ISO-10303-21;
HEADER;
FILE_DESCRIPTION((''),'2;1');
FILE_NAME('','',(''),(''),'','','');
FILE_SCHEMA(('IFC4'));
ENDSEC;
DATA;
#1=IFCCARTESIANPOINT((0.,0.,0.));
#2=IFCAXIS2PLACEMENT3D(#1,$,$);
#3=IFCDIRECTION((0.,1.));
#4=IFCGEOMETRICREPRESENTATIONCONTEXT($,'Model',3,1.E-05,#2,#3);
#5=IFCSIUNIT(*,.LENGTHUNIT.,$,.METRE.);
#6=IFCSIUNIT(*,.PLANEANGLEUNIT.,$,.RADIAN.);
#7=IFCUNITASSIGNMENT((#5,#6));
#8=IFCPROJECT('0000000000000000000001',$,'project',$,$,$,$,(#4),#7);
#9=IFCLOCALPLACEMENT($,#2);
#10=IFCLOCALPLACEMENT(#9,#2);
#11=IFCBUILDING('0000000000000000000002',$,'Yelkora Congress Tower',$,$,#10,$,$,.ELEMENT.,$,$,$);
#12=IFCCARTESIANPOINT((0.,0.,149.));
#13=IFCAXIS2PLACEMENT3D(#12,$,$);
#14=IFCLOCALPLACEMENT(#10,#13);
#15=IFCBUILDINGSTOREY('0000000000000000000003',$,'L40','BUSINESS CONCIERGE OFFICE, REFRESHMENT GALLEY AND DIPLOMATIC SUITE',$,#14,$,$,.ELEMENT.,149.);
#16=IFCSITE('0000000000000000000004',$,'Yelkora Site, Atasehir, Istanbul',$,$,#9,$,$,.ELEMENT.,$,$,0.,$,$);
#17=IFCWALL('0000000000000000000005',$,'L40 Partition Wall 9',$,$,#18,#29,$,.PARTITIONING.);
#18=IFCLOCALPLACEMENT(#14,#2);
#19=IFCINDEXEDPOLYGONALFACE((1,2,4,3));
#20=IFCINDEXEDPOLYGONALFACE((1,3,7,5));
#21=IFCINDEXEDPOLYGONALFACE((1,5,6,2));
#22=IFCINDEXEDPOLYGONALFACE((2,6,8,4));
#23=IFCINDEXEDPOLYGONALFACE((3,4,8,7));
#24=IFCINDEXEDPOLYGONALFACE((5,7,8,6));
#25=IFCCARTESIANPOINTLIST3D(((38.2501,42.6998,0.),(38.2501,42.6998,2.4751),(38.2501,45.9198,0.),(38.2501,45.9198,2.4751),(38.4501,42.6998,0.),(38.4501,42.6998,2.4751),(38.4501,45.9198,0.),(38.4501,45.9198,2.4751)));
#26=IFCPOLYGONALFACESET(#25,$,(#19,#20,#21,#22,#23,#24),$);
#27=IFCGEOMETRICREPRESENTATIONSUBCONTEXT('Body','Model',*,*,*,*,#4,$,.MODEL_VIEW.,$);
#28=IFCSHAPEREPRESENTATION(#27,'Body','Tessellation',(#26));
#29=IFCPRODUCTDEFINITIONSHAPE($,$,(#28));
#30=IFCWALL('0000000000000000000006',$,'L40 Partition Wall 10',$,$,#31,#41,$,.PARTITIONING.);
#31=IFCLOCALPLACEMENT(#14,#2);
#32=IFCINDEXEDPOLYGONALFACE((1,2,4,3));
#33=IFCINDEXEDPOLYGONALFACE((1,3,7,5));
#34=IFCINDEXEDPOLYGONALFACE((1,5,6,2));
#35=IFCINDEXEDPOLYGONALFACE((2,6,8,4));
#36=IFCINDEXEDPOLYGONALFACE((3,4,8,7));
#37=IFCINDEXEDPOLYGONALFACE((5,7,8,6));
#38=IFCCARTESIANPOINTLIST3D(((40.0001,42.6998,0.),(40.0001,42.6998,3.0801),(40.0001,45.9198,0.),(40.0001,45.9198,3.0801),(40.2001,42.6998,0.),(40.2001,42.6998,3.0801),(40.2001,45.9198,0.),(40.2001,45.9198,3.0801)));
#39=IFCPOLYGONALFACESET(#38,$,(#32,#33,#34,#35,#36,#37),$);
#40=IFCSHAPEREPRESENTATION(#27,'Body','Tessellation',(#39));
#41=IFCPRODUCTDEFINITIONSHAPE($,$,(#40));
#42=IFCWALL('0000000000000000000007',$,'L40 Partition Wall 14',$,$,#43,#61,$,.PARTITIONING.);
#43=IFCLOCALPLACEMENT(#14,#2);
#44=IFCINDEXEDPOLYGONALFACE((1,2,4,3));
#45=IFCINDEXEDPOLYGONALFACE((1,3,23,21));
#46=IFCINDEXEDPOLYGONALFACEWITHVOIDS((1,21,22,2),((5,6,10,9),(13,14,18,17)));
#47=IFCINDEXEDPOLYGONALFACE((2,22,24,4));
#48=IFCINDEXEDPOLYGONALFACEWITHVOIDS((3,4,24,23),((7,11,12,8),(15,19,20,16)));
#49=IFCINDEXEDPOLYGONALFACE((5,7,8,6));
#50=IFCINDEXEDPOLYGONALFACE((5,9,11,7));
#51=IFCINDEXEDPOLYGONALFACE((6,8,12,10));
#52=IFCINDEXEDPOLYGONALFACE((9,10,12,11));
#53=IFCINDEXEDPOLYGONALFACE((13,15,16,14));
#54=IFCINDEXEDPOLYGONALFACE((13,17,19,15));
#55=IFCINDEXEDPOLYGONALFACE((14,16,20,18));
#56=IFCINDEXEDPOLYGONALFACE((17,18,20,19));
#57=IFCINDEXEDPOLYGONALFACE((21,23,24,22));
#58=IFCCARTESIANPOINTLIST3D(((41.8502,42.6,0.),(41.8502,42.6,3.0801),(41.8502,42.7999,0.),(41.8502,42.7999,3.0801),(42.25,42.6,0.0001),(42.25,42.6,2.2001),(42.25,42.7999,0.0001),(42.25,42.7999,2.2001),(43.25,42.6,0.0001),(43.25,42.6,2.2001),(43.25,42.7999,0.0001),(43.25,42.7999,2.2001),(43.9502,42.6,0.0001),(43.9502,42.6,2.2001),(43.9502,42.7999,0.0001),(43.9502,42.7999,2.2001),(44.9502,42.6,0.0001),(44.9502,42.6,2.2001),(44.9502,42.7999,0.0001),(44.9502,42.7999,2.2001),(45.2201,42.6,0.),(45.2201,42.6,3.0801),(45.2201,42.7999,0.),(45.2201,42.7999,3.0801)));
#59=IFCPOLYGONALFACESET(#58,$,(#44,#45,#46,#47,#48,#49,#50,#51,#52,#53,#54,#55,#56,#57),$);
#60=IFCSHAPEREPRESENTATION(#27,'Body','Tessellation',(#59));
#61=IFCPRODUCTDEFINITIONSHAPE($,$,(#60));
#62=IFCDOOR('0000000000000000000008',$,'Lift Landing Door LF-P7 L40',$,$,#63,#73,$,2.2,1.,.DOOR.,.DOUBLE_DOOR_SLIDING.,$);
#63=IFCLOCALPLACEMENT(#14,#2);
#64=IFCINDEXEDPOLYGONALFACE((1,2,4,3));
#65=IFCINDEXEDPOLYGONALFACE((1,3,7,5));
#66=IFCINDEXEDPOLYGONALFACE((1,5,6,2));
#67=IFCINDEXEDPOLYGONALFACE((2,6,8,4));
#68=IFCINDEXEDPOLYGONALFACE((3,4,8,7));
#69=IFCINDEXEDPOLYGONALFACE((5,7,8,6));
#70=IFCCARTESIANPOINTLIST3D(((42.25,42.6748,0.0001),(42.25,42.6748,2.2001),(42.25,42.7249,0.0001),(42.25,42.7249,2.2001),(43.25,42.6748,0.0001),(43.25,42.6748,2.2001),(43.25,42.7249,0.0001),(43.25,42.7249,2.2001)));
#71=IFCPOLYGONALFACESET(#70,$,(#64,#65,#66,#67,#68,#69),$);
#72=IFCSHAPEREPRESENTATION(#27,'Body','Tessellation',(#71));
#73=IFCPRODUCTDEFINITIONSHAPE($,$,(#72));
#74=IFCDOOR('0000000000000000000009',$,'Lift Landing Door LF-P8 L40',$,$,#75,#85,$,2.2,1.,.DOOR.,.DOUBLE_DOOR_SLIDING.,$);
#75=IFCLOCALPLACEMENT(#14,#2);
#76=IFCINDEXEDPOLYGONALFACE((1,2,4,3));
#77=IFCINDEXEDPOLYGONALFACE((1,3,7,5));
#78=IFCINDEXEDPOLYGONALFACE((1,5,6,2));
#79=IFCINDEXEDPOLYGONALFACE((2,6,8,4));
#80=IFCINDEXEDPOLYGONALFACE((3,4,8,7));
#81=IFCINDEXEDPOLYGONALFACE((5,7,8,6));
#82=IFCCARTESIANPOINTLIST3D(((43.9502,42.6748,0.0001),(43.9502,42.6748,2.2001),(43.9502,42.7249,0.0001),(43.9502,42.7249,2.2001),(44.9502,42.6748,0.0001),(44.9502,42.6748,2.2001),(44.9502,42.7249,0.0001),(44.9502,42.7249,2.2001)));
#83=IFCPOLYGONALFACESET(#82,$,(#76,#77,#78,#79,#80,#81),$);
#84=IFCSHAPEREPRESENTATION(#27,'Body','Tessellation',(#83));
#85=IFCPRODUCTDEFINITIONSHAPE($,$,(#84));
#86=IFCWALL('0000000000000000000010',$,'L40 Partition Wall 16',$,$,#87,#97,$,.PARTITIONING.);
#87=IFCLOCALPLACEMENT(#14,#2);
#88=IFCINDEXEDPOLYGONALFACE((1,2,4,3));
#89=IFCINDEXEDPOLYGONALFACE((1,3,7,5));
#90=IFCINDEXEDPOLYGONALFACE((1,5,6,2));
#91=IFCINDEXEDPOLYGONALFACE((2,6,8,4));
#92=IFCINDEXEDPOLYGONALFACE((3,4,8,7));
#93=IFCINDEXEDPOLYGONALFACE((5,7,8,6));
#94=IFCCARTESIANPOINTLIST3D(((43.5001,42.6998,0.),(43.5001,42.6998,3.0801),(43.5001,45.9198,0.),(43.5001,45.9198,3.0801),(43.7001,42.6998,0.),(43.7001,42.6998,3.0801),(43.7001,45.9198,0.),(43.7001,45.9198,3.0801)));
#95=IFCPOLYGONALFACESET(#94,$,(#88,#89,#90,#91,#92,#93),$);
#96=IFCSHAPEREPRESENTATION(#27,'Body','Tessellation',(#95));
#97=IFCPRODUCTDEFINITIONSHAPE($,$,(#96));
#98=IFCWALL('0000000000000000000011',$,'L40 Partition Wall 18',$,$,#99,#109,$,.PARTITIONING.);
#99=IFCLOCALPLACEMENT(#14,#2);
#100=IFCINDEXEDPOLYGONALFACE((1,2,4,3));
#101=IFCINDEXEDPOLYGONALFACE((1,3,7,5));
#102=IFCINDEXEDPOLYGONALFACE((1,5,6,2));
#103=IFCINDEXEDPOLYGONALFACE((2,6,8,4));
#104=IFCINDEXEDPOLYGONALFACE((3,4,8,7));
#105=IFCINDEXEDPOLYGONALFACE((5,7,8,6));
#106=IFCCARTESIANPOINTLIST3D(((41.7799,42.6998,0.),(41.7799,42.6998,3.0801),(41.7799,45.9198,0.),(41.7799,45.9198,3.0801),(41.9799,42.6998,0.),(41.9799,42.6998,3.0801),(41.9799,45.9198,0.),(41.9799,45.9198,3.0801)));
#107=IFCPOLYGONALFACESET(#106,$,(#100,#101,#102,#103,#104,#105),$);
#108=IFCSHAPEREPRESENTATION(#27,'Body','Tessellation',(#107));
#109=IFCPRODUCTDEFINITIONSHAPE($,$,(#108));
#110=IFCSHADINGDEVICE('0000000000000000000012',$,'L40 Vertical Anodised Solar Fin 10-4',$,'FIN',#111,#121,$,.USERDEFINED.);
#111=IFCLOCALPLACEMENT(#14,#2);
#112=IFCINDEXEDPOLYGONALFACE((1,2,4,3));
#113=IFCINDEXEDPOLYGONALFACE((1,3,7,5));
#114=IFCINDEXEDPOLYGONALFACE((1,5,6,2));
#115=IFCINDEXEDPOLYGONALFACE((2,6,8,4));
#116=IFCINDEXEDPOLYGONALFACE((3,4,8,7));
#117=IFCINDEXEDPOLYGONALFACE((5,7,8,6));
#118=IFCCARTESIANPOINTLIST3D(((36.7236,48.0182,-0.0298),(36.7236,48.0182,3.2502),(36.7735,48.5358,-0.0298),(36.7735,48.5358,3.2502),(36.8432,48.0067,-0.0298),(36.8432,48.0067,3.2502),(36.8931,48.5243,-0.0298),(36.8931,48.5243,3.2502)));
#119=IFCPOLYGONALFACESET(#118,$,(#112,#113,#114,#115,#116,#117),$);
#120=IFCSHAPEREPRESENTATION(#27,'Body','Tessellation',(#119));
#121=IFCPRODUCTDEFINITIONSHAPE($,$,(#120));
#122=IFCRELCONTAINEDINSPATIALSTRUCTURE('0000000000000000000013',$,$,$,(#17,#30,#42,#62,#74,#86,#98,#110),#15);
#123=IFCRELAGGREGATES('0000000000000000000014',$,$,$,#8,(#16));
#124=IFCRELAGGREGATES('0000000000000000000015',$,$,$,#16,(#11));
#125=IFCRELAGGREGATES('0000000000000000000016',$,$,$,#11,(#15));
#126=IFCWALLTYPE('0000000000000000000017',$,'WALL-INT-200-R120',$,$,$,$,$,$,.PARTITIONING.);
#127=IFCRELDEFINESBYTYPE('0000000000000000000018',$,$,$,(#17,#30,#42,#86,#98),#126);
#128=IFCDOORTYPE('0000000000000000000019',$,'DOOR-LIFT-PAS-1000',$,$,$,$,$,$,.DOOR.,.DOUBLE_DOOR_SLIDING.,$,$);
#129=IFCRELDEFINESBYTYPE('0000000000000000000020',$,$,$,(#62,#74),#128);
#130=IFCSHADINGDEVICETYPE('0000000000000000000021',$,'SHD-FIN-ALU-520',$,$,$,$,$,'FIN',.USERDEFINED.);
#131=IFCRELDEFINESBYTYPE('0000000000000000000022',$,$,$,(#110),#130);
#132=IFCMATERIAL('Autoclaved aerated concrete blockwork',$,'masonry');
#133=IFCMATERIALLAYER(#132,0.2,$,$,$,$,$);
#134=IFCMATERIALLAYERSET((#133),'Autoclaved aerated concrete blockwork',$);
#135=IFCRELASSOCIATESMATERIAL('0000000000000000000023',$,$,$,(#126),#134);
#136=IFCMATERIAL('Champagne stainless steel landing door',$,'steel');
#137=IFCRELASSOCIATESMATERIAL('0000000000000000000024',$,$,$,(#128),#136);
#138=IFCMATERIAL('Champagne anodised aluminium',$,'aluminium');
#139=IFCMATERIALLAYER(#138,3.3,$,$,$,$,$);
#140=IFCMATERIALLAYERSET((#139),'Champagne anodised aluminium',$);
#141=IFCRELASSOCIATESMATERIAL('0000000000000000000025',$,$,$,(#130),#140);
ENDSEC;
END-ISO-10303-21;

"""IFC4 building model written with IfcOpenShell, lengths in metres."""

from ifc_helpers import new_model, si_unit, direction, frame, frame_2d, origin, origin_2d, place, context, subcontext, project, spatial, rectangle, extrude, material, layer, layer_set, type_object, element, fill, save


model = new_model("IFC4")

# Units and contexts
model_context = context("Model", 3, precision=1e-05, world=origin(), true_north=direction((0.0, 1.0)))
body_context = subcontext(model_context, "Body", "Model", "MODEL_VIEW")
ifc_project = project(units=[si_unit("LENGTHUNIT", "METRE"), si_unit("PLANEANGLEUNIT", "RADIAN")], contexts=[model_context])

# Site, building, storey
site_placement = place(None, origin())
site = spatial("IfcSite", under=ifc_project, at=site_placement, Name="Yelkora Site, Atasehir, Istanbul", CompositionType="ELEMENT", RefElevation=0.0)
building_placement = place(site_placement, origin())
building = spatial("IfcBuilding", under=site, at=building_placement, Name="Yelkora Congress Tower", CompositionType="ELEMENT")
storey_placement = place(building_placement, frame((0.0, 0.0, 149.0)))
storey = spatial("IfcBuildingStorey", under=building, at=storey_placement, Name="L40", Description="BUSINESS CONCIERGE OFFICE, REFRESHMENT GALLEY AND DIPLOMATIC SUITE", CompositionType="ELEMENT", Elevation=149.0)

# Walls
ifc_material_1 = material(Name="Autoclaved aerated concrete blockwork", Category="masonry")
ifc_layer_1 = layer(ifc_material_1, 0.2)
ifc_layer_set_1 = layer_set([ifc_layer_1], Name="Autoclaved aerated concrete blockwork")
wall_type = type_object("IfcWallType", Name="WALL-INT-200-R120", PredefinedType="PARTITIONING", material=ifc_layer_set_1)
wall_1_placement = place(storey_placement, frame((38.3501, 42.7, 0.0), z_axis=(0.0, 0.0, 1.0), x_axis=(0.0, 1.0, 0.0)))
element("IfcWall", 1, at=wall_1_placement, inside=storey, type_object=wall_type, Name="L40 Partition Wall 9", PredefinedType="PARTITIONING", context=body_context, shape_type="SweptSolid", body=[
    extrude(rectangle(XDim=3.22, YDim=0.2, at=frame_2d((1.6099, 0.0))), origin(), (0.0, 0.0, 1.0), 2.4751),
])
wall_2_placement = place(storey_placement, frame((40.1001, 42.7, 0.0), z_axis=(0.0, 0.0, 1.0), x_axis=(0.0, 1.0, 0.0)))
element("IfcWall", 2, at=wall_2_placement, inside=storey, type_object=wall_type, Name="L40 Partition Wall 10", PredefinedType="PARTITIONING", context=body_context, shape_type="SweptSolid", body=[
    extrude(rectangle(XDim=3.22, YDim=0.2, at=frame_2d((1.6099, 0.0))), origin(), (0.0, 0.0, 1.0), 3.0801),
])

# Wall, openings, doors
wall_3_placement = place(storey_placement, frame((41.8501, 42.7, 0.0), z_axis=(0.0, 0.0, 1.0), x_axis=(1.0, 0.0, 0.0)))
wall_3 = element("IfcWall", 3, at=wall_3_placement, inside=storey, type_object=wall_type, Name="L40 Partition Wall 14", PredefinedType="PARTITIONING", context=body_context, shape_type="SweptSolid", body=[
    extrude(rectangle(XDim=3.3699, YDim=0.2, at=frame_2d((1.6851, 0.0))), origin(), (0.0, 0.0, 1.0), 3.0801),
])
opening_1_placement = place(wall_3_placement, frame((0.3999, 0.0, 0.0)))
opening_1 = element("IfcOpeningElement", 4, at=opening_1_placement, cuts=wall_3, PredefinedType="OPENING", context=body_context, shape_type="SweptSolid", body=[
    extrude(rectangle(XDim=1.0, YDim=2.2, at=frame_2d((0.5, 1.1001))), frame((0.0, 0.1099, 0.0), z_axis=(0.0, -1.0, 0.0), x_axis=(1.0, 0.0, 0.0)), (0.0, 0.0, 1.0), 0.22),
])
opening_2_placement = place(wall_3_placement, frame((2.1001, 0.0, 0.0)))
opening_2 = element("IfcOpeningElement", 5, at=opening_2_placement, cuts=wall_3, PredefinedType="OPENING", context=body_context, shape_type="SweptSolid", body=[
    extrude(rectangle(XDim=1.0, YDim=2.2, at=frame_2d((0.5, 1.1001))), frame((0.0, 0.1099, 0.0), z_axis=(0.0, -1.0, 0.0), x_axis=(1.0, 0.0, 0.0)), (0.0, 0.0, 1.0), 0.22),
])
ifc_material_2 = material(Name="Champagne stainless steel landing door", Category="steel")
door_type = type_object("IfcDoorType", Name="DOOR-LIFT-PAS-1000", OperationType="DOUBLE_DOOR_SLIDING", PredefinedType="DOOR", material=ifc_material_2)
door_1_placement = place(opening_1_placement, origin())
door_1 = element("IfcDoor", 6, at=door_1_placement, inside=storey, type_object=door_type, Name="Lift Landing Door LF-P7 L40", OperationType="DOUBLE_DOOR_SLIDING", OverallHeight=2.2, OverallWidth=1.0, PredefinedType="DOOR", context=body_context, shape_type="SweptSolid", body=[
    extrude(rectangle(XDim=1.0, YDim=2.2, at=frame_2d((0.5, 1.1001))), frame((0.0, 0.0249, 0.0), z_axis=(0.0, -1.0, 0.0), x_axis=(1.0, 0.0, 0.0)), (0.0, 0.0, 1.0), 0.05),
])
fill(opening_1, door_1)
door_2_placement = place(opening_2_placement, origin())
door_2 = element("IfcDoor", 7, at=door_2_placement, inside=storey, type_object=door_type, Name="Lift Landing Door LF-P8 L40", OperationType="DOUBLE_DOOR_SLIDING", OverallHeight=2.2, OverallWidth=1.0, PredefinedType="DOOR", context=body_context, shape_type="SweptSolid", body=[
    extrude(rectangle(XDim=1.0, YDim=2.2, at=frame_2d((0.5, 1.1001))), frame((0.0, 0.0249, 0.0), z_axis=(0.0, -1.0, 0.0), x_axis=(1.0, 0.0, 0.0)), (0.0, 0.0, 1.0), 0.05),
])
fill(opening_2, door_2)

# Walls
for number, where, z_axis, x_axis, name in (
    (8, (43.6001, 42.7, 0.0), (0.0, 0.0, 1.0), (0.0, 1.0, 0.0), "L40 Partition Wall 16"),
    (9, (41.8799, 42.7, 0.0), (0.0, 0.0, 1.0), (0.0, 1.0, 0.0), "L40 Partition Wall 18"),
):
    element("IfcWall", number, at=place(storey_placement, frame(where, z_axis=z_axis, x_axis=x_axis)), inside=storey, type_object=wall_type, Name=name, PredefinedType="PARTITIONING", context=body_context, shape_type="SweptSolid", body=[
        extrude(rectangle(XDim=3.22, YDim=0.2, at=frame_2d((1.6099, 0.0))), origin(), (0.0, 0.0, 1.0), 3.0801),
    ])

# Shading device
ifc_material_3 = material(Name="Champagne anodised aluminium", Category="aluminium")
ifc_layer_2 = layer(ifc_material_3, 3.3)
ifc_layer_set_2 = layer_set([ifc_layer_2], Name="Champagne anodised aluminium")
shading_device_type = type_object("IfcShadingDeviceType", Name="SHD-FIN-ALU-520", ElementType="FIN", PredefinedType="USERDEFINED", material=ifc_layer_set_2)
shading_device_placement = place(storey_placement, frame((36.8083, 48.2712, -0.0298), z_axis=(0.0, 0.0, 1.0), x_axis=(0.995396, -0.095846, 0.0)))
element("IfcShadingDevice", 10, at=shading_device_placement, inside=storey, type_object=shading_device_type, Name="L40 Vertical Anodised Solar Fin 10-4", ObjectType="FIN", PredefinedType="USERDEFINED", context=body_context, shape_type="SweptSolid", body=[
    extrude(rectangle(XDim=0.1201, YDim=0.52, at=origin_2d()), origin(), (0.0, 0.0, 1.0), 3.28),
])

save(model, "model.ifc")
